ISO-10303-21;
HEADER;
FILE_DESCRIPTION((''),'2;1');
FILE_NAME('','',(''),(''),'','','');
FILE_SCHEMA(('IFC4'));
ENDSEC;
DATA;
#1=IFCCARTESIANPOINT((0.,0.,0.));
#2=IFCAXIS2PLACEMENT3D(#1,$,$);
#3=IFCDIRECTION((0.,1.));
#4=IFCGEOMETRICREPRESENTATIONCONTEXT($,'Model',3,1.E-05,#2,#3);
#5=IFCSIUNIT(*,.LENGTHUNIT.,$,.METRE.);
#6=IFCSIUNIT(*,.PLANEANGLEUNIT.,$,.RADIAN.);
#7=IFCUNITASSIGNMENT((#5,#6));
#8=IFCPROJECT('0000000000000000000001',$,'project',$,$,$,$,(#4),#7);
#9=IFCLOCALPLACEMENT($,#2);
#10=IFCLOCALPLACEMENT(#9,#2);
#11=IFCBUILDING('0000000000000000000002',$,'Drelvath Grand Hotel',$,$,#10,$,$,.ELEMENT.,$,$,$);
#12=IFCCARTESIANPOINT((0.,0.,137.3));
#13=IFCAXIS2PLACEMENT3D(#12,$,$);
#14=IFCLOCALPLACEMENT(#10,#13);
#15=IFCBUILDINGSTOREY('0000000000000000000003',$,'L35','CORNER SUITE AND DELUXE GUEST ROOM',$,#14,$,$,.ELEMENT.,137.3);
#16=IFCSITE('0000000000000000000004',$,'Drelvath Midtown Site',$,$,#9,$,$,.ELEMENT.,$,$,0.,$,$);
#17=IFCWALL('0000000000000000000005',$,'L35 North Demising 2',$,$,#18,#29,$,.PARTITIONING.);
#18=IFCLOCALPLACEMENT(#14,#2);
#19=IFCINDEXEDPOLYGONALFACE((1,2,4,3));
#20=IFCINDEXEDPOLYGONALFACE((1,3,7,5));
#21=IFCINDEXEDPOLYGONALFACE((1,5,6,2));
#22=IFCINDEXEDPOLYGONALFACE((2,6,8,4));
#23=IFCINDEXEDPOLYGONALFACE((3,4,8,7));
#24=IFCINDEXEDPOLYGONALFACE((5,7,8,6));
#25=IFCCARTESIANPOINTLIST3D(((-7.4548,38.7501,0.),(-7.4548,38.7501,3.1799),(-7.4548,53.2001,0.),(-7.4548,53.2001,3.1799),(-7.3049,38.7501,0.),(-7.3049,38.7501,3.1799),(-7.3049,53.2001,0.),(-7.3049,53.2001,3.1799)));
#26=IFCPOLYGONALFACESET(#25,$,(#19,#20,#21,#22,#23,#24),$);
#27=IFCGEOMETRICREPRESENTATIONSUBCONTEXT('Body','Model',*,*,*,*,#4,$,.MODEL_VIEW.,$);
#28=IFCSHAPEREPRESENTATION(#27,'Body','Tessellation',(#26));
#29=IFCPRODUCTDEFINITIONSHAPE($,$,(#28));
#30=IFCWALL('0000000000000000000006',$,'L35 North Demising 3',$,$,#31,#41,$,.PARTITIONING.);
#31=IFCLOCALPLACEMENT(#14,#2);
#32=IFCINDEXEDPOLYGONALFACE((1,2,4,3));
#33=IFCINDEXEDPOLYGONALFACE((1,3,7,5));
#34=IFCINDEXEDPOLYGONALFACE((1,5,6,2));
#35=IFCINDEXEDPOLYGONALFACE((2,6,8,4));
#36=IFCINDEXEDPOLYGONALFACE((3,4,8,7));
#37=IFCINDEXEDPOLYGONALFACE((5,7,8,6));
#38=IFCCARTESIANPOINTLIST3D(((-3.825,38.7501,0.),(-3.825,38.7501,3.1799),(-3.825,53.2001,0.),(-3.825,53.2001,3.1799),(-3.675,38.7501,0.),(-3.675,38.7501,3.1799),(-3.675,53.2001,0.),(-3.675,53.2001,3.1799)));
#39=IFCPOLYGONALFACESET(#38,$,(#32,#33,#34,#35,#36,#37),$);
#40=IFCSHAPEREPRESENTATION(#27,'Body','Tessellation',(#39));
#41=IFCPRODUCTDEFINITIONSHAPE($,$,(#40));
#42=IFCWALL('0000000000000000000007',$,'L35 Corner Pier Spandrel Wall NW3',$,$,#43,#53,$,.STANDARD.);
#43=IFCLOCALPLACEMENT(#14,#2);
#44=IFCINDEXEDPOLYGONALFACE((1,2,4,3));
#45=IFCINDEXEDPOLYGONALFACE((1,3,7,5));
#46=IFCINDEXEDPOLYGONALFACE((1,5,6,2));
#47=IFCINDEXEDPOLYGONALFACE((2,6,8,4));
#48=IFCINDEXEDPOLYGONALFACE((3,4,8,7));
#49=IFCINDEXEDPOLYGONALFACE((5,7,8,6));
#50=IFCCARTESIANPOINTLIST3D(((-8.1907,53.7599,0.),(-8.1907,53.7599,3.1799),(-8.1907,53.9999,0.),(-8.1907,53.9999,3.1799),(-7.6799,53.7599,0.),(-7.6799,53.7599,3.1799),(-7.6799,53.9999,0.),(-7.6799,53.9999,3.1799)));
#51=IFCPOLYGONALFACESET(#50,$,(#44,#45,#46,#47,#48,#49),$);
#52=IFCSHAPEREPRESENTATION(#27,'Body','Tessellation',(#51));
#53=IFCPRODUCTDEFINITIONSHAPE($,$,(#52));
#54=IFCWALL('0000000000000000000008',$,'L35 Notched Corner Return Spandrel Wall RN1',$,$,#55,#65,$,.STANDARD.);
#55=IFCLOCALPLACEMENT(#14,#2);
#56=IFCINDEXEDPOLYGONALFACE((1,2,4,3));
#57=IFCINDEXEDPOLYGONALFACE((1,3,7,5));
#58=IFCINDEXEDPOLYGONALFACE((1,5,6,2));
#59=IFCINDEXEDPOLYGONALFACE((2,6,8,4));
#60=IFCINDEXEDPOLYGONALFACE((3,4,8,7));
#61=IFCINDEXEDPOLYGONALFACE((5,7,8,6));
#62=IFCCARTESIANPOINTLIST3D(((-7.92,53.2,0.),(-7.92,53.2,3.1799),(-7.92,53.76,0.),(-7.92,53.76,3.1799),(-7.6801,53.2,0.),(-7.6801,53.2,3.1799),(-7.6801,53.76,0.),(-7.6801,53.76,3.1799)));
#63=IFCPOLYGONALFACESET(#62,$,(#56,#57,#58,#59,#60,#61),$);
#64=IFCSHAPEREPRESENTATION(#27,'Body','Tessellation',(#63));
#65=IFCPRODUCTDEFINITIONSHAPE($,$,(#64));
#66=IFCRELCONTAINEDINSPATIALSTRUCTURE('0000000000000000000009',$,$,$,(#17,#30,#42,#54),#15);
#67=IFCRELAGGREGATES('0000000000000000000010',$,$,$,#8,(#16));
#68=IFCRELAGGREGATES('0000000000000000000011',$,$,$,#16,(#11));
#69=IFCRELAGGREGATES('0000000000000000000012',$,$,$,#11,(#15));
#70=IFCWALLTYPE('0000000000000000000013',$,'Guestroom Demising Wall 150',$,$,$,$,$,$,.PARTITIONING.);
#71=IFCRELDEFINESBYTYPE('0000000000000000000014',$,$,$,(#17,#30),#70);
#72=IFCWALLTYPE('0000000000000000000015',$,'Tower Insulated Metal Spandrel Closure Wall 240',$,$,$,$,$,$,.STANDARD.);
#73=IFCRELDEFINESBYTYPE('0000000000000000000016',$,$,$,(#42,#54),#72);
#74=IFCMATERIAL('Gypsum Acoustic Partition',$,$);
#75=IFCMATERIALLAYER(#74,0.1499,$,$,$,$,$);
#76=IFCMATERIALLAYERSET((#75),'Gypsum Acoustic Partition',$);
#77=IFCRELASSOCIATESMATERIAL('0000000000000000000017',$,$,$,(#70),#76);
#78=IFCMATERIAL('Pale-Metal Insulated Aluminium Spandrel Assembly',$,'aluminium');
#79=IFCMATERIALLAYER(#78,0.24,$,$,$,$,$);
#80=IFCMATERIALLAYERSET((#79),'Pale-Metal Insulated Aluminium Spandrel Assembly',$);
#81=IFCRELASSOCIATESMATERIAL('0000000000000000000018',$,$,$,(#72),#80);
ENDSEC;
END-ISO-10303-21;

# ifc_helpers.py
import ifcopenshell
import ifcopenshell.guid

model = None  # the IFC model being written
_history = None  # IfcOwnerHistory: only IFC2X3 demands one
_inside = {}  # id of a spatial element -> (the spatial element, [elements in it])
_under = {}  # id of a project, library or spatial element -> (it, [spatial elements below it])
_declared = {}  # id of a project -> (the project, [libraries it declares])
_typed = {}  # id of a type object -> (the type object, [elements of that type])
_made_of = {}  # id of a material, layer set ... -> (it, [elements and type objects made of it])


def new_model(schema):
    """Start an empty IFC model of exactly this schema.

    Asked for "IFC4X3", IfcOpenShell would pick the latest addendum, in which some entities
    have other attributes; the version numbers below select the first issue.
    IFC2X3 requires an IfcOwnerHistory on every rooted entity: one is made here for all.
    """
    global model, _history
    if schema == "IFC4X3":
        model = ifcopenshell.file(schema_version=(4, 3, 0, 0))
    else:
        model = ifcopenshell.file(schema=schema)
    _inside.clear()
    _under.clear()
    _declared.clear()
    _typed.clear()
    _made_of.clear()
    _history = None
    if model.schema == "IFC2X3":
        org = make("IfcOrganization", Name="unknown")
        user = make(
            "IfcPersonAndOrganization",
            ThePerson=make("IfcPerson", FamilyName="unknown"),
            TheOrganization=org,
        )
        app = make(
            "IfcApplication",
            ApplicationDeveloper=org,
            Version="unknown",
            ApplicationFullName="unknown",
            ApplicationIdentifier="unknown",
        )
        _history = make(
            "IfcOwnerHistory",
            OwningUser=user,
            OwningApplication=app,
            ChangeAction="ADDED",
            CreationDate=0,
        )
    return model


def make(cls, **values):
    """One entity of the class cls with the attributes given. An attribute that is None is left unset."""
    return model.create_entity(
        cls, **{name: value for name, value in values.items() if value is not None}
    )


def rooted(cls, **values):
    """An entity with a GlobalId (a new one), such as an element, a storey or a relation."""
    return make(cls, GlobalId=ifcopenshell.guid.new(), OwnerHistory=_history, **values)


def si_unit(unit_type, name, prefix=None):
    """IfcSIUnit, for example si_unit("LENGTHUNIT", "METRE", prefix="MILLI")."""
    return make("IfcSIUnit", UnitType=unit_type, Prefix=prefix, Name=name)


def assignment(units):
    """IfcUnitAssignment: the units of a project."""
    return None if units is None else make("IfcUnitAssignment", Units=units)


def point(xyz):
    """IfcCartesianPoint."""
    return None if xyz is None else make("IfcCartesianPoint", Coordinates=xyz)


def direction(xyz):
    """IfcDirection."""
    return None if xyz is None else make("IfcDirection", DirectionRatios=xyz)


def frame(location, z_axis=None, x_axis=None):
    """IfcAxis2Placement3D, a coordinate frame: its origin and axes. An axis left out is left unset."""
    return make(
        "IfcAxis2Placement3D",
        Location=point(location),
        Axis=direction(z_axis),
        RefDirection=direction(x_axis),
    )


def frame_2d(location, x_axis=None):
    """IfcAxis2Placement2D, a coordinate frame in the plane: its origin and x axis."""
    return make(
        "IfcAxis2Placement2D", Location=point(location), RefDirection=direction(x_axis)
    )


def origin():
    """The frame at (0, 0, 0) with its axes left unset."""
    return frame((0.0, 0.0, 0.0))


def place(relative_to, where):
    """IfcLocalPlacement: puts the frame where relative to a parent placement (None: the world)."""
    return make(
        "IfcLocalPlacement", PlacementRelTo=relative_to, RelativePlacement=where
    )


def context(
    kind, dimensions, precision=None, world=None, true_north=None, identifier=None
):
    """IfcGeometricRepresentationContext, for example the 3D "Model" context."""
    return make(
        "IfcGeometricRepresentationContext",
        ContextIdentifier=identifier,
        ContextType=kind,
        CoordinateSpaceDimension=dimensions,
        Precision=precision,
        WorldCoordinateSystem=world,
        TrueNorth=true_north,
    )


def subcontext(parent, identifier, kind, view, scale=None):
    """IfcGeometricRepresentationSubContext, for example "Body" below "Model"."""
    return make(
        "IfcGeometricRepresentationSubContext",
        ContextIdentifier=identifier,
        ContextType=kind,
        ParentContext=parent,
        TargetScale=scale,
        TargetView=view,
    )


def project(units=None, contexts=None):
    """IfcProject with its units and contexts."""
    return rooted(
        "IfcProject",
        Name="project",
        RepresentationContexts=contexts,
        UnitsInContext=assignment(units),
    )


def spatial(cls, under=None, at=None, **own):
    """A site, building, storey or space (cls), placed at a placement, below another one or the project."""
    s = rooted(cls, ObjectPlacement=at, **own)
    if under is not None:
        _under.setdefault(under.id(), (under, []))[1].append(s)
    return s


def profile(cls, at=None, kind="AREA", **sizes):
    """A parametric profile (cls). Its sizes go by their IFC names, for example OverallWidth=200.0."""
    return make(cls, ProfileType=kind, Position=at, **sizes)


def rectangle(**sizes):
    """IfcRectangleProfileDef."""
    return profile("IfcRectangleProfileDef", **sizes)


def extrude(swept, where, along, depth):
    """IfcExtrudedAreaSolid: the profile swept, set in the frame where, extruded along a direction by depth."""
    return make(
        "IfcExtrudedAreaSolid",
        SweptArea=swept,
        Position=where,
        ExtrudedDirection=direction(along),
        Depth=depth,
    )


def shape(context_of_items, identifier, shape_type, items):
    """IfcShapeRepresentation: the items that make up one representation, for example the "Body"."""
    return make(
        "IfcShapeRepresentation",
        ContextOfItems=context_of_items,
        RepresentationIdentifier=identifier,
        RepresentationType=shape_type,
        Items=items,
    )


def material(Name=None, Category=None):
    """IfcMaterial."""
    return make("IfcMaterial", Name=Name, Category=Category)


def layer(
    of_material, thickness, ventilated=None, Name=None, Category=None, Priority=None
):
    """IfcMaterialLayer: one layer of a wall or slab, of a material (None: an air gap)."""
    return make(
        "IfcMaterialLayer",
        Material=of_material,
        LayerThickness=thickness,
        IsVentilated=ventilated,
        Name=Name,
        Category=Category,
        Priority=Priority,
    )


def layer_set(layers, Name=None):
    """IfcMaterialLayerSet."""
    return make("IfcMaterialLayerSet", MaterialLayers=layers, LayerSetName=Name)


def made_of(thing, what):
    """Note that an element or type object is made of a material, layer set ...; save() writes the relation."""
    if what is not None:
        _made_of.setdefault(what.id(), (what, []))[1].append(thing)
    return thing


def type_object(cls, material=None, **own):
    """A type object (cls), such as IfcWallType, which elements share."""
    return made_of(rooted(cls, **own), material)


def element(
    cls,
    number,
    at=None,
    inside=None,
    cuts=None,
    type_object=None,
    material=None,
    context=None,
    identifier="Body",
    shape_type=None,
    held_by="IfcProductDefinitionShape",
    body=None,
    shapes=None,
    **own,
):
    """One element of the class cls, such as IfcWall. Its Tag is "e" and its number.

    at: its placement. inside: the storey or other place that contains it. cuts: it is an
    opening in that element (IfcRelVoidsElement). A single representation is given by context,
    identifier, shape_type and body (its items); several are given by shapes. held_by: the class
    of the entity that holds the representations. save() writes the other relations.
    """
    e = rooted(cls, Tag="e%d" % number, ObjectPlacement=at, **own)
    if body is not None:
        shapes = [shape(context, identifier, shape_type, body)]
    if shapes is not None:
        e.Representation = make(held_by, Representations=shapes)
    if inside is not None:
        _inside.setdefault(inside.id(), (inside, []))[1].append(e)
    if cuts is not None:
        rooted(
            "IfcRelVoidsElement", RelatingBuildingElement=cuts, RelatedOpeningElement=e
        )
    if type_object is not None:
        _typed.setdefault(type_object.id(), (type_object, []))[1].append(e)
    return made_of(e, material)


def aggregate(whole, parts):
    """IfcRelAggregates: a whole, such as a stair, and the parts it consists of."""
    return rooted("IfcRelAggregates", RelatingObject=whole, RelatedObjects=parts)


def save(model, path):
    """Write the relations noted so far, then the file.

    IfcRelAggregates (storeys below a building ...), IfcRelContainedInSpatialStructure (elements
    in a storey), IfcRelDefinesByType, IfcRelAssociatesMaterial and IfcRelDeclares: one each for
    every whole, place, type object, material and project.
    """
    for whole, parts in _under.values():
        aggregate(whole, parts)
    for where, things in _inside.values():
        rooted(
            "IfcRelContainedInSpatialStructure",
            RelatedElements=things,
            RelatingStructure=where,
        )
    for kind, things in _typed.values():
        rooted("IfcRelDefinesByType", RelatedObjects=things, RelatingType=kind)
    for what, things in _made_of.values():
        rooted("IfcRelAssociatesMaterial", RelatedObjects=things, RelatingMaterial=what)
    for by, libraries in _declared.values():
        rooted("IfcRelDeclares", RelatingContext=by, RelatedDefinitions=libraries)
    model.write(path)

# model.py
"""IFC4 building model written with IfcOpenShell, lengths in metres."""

from ifc_helpers import new_model, si_unit, direction, frame, frame_2d, origin, place, context, subcontext, project, spatial, rectangle, extrude, material, layer, layer_set, type_object, element, save


model = new_model("IFC4")

# Units and contexts
model_context = context("Model", 3, precision=1e-05, world=origin(), true_north=direction((0.0, 1.0)))
body_context = subcontext(model_context, "Body", "Model", "MODEL_VIEW")
ifc_project = project(units=[si_unit("LENGTHUNIT", "METRE"), si_unit("PLANEANGLEUNIT", "RADIAN")], contexts=[model_context])

# Site, building, storey
site_placement = place(None, origin())
site = spatial("IfcSite", under=ifc_project, at=site_placement, Name="Drelvath Midtown Site", CompositionType="ELEMENT", RefElevation=0.0)
building_placement = place(site_placement, origin())
building = spatial("IfcBuilding", under=site, at=building_placement, Name="Drelvath Grand Hotel", CompositionType="ELEMENT")
storey_placement = place(building_placement, frame((0.0, 0.0, 137.3)))
storey = spatial("IfcBuildingStorey", under=building, at=storey_placement, Name="L35", Description="CORNER SUITE AND DELUXE GUEST ROOM", CompositionType="ELEMENT", Elevation=137.3)

# Walls
ifc_material_1 = material(Name="Gypsum Acoustic Partition")
ifc_layer_1 = layer(ifc_material_1, 0.1499)
ifc_layer_set_1 = layer_set([ifc_layer_1], Name="Gypsum Acoustic Partition")
wall_type_1 = type_object("IfcWallType", Name="Guestroom Demising Wall 150", PredefinedType="PARTITIONING", material=ifc_layer_set_1)
for number, where, z_axis, x_axis, name in (
    (1, (-7.3799, 38.75, 0.0), (0.0, 0.0, 1.0), (0.0, 1.0, 0.0), "L35 North Demising 2"),
    (2, (-3.75, 38.75, 0.0), (0.0, 0.0, 1.0), (0.0, 1.0, 0.0), "L35 North Demising 3"),
):
    element("IfcWall", number, at=place(storey_placement, frame(where, z_axis=z_axis, x_axis=x_axis)), inside=storey, type_object=wall_type_1, Name=name, PredefinedType="PARTITIONING", context=body_context, shape_type="SweptSolid", body=[
        extrude(rectangle(XDim=14.45, YDim=0.1499, at=frame_2d((7.2251, 0.0))), origin(), (0.0, 0.0, 1.0), 3.1799),
    ])
ifc_material_2 = material(Name="Pale-Metal Insulated Aluminium Spandrel Assembly", Category="aluminium")
ifc_layer_2 = layer(ifc_material_2, 0.24)
ifc_layer_set_2 = layer_set([ifc_layer_2], Name="Pale-Metal Insulated Aluminium Spandrel Assembly")
wall_type_2 = type_object("IfcWallType", Name="Tower Insulated Metal Spandrel Closure Wall 240", PredefinedType="STANDARD", material=ifc_layer_set_2)
wall_1_placement = place(storey_placement, frame((-8.1907, 53.8799, 0.0), z_axis=(0.0, 0.0, 1.0), x_axis=(1.0, 0.0, 0.0)))
element("IfcWall", 3, at=wall_1_placement, inside=storey, type_object=wall_type_2, Name="L35 Corner Pier Spandrel Wall NW3", PredefinedType="STANDARD", context=body_context, shape_type="SweptSolid", body=[
    extrude(rectangle(XDim=0.5107, YDim=0.24, at=frame_2d((0.2554, 0.0))), origin(), (0.0, 0.0, 1.0), 3.1799),
])
wall_2_placement = place(storey_placement, frame((-7.8, 53.76, 0.0), z_axis=(0.0, 0.0, 1.0), x_axis=(0.0, -1.0, 0.0)))
element("IfcWall", 4, at=wall_2_placement, inside=storey, type_object=wall_type_2, Name="L35 Notched Corner Return Spandrel Wall RN1", PredefinedType="STANDARD", context=body_context, shape_type="SweptSolid", body=[
    extrude(rectangle(XDim=0.5601, YDim=0.24, at=frame_2d((0.28, 0.0))), origin(), (0.0, 0.0, 1.0), 3.1799),
])

save(model, "model.ifc")
